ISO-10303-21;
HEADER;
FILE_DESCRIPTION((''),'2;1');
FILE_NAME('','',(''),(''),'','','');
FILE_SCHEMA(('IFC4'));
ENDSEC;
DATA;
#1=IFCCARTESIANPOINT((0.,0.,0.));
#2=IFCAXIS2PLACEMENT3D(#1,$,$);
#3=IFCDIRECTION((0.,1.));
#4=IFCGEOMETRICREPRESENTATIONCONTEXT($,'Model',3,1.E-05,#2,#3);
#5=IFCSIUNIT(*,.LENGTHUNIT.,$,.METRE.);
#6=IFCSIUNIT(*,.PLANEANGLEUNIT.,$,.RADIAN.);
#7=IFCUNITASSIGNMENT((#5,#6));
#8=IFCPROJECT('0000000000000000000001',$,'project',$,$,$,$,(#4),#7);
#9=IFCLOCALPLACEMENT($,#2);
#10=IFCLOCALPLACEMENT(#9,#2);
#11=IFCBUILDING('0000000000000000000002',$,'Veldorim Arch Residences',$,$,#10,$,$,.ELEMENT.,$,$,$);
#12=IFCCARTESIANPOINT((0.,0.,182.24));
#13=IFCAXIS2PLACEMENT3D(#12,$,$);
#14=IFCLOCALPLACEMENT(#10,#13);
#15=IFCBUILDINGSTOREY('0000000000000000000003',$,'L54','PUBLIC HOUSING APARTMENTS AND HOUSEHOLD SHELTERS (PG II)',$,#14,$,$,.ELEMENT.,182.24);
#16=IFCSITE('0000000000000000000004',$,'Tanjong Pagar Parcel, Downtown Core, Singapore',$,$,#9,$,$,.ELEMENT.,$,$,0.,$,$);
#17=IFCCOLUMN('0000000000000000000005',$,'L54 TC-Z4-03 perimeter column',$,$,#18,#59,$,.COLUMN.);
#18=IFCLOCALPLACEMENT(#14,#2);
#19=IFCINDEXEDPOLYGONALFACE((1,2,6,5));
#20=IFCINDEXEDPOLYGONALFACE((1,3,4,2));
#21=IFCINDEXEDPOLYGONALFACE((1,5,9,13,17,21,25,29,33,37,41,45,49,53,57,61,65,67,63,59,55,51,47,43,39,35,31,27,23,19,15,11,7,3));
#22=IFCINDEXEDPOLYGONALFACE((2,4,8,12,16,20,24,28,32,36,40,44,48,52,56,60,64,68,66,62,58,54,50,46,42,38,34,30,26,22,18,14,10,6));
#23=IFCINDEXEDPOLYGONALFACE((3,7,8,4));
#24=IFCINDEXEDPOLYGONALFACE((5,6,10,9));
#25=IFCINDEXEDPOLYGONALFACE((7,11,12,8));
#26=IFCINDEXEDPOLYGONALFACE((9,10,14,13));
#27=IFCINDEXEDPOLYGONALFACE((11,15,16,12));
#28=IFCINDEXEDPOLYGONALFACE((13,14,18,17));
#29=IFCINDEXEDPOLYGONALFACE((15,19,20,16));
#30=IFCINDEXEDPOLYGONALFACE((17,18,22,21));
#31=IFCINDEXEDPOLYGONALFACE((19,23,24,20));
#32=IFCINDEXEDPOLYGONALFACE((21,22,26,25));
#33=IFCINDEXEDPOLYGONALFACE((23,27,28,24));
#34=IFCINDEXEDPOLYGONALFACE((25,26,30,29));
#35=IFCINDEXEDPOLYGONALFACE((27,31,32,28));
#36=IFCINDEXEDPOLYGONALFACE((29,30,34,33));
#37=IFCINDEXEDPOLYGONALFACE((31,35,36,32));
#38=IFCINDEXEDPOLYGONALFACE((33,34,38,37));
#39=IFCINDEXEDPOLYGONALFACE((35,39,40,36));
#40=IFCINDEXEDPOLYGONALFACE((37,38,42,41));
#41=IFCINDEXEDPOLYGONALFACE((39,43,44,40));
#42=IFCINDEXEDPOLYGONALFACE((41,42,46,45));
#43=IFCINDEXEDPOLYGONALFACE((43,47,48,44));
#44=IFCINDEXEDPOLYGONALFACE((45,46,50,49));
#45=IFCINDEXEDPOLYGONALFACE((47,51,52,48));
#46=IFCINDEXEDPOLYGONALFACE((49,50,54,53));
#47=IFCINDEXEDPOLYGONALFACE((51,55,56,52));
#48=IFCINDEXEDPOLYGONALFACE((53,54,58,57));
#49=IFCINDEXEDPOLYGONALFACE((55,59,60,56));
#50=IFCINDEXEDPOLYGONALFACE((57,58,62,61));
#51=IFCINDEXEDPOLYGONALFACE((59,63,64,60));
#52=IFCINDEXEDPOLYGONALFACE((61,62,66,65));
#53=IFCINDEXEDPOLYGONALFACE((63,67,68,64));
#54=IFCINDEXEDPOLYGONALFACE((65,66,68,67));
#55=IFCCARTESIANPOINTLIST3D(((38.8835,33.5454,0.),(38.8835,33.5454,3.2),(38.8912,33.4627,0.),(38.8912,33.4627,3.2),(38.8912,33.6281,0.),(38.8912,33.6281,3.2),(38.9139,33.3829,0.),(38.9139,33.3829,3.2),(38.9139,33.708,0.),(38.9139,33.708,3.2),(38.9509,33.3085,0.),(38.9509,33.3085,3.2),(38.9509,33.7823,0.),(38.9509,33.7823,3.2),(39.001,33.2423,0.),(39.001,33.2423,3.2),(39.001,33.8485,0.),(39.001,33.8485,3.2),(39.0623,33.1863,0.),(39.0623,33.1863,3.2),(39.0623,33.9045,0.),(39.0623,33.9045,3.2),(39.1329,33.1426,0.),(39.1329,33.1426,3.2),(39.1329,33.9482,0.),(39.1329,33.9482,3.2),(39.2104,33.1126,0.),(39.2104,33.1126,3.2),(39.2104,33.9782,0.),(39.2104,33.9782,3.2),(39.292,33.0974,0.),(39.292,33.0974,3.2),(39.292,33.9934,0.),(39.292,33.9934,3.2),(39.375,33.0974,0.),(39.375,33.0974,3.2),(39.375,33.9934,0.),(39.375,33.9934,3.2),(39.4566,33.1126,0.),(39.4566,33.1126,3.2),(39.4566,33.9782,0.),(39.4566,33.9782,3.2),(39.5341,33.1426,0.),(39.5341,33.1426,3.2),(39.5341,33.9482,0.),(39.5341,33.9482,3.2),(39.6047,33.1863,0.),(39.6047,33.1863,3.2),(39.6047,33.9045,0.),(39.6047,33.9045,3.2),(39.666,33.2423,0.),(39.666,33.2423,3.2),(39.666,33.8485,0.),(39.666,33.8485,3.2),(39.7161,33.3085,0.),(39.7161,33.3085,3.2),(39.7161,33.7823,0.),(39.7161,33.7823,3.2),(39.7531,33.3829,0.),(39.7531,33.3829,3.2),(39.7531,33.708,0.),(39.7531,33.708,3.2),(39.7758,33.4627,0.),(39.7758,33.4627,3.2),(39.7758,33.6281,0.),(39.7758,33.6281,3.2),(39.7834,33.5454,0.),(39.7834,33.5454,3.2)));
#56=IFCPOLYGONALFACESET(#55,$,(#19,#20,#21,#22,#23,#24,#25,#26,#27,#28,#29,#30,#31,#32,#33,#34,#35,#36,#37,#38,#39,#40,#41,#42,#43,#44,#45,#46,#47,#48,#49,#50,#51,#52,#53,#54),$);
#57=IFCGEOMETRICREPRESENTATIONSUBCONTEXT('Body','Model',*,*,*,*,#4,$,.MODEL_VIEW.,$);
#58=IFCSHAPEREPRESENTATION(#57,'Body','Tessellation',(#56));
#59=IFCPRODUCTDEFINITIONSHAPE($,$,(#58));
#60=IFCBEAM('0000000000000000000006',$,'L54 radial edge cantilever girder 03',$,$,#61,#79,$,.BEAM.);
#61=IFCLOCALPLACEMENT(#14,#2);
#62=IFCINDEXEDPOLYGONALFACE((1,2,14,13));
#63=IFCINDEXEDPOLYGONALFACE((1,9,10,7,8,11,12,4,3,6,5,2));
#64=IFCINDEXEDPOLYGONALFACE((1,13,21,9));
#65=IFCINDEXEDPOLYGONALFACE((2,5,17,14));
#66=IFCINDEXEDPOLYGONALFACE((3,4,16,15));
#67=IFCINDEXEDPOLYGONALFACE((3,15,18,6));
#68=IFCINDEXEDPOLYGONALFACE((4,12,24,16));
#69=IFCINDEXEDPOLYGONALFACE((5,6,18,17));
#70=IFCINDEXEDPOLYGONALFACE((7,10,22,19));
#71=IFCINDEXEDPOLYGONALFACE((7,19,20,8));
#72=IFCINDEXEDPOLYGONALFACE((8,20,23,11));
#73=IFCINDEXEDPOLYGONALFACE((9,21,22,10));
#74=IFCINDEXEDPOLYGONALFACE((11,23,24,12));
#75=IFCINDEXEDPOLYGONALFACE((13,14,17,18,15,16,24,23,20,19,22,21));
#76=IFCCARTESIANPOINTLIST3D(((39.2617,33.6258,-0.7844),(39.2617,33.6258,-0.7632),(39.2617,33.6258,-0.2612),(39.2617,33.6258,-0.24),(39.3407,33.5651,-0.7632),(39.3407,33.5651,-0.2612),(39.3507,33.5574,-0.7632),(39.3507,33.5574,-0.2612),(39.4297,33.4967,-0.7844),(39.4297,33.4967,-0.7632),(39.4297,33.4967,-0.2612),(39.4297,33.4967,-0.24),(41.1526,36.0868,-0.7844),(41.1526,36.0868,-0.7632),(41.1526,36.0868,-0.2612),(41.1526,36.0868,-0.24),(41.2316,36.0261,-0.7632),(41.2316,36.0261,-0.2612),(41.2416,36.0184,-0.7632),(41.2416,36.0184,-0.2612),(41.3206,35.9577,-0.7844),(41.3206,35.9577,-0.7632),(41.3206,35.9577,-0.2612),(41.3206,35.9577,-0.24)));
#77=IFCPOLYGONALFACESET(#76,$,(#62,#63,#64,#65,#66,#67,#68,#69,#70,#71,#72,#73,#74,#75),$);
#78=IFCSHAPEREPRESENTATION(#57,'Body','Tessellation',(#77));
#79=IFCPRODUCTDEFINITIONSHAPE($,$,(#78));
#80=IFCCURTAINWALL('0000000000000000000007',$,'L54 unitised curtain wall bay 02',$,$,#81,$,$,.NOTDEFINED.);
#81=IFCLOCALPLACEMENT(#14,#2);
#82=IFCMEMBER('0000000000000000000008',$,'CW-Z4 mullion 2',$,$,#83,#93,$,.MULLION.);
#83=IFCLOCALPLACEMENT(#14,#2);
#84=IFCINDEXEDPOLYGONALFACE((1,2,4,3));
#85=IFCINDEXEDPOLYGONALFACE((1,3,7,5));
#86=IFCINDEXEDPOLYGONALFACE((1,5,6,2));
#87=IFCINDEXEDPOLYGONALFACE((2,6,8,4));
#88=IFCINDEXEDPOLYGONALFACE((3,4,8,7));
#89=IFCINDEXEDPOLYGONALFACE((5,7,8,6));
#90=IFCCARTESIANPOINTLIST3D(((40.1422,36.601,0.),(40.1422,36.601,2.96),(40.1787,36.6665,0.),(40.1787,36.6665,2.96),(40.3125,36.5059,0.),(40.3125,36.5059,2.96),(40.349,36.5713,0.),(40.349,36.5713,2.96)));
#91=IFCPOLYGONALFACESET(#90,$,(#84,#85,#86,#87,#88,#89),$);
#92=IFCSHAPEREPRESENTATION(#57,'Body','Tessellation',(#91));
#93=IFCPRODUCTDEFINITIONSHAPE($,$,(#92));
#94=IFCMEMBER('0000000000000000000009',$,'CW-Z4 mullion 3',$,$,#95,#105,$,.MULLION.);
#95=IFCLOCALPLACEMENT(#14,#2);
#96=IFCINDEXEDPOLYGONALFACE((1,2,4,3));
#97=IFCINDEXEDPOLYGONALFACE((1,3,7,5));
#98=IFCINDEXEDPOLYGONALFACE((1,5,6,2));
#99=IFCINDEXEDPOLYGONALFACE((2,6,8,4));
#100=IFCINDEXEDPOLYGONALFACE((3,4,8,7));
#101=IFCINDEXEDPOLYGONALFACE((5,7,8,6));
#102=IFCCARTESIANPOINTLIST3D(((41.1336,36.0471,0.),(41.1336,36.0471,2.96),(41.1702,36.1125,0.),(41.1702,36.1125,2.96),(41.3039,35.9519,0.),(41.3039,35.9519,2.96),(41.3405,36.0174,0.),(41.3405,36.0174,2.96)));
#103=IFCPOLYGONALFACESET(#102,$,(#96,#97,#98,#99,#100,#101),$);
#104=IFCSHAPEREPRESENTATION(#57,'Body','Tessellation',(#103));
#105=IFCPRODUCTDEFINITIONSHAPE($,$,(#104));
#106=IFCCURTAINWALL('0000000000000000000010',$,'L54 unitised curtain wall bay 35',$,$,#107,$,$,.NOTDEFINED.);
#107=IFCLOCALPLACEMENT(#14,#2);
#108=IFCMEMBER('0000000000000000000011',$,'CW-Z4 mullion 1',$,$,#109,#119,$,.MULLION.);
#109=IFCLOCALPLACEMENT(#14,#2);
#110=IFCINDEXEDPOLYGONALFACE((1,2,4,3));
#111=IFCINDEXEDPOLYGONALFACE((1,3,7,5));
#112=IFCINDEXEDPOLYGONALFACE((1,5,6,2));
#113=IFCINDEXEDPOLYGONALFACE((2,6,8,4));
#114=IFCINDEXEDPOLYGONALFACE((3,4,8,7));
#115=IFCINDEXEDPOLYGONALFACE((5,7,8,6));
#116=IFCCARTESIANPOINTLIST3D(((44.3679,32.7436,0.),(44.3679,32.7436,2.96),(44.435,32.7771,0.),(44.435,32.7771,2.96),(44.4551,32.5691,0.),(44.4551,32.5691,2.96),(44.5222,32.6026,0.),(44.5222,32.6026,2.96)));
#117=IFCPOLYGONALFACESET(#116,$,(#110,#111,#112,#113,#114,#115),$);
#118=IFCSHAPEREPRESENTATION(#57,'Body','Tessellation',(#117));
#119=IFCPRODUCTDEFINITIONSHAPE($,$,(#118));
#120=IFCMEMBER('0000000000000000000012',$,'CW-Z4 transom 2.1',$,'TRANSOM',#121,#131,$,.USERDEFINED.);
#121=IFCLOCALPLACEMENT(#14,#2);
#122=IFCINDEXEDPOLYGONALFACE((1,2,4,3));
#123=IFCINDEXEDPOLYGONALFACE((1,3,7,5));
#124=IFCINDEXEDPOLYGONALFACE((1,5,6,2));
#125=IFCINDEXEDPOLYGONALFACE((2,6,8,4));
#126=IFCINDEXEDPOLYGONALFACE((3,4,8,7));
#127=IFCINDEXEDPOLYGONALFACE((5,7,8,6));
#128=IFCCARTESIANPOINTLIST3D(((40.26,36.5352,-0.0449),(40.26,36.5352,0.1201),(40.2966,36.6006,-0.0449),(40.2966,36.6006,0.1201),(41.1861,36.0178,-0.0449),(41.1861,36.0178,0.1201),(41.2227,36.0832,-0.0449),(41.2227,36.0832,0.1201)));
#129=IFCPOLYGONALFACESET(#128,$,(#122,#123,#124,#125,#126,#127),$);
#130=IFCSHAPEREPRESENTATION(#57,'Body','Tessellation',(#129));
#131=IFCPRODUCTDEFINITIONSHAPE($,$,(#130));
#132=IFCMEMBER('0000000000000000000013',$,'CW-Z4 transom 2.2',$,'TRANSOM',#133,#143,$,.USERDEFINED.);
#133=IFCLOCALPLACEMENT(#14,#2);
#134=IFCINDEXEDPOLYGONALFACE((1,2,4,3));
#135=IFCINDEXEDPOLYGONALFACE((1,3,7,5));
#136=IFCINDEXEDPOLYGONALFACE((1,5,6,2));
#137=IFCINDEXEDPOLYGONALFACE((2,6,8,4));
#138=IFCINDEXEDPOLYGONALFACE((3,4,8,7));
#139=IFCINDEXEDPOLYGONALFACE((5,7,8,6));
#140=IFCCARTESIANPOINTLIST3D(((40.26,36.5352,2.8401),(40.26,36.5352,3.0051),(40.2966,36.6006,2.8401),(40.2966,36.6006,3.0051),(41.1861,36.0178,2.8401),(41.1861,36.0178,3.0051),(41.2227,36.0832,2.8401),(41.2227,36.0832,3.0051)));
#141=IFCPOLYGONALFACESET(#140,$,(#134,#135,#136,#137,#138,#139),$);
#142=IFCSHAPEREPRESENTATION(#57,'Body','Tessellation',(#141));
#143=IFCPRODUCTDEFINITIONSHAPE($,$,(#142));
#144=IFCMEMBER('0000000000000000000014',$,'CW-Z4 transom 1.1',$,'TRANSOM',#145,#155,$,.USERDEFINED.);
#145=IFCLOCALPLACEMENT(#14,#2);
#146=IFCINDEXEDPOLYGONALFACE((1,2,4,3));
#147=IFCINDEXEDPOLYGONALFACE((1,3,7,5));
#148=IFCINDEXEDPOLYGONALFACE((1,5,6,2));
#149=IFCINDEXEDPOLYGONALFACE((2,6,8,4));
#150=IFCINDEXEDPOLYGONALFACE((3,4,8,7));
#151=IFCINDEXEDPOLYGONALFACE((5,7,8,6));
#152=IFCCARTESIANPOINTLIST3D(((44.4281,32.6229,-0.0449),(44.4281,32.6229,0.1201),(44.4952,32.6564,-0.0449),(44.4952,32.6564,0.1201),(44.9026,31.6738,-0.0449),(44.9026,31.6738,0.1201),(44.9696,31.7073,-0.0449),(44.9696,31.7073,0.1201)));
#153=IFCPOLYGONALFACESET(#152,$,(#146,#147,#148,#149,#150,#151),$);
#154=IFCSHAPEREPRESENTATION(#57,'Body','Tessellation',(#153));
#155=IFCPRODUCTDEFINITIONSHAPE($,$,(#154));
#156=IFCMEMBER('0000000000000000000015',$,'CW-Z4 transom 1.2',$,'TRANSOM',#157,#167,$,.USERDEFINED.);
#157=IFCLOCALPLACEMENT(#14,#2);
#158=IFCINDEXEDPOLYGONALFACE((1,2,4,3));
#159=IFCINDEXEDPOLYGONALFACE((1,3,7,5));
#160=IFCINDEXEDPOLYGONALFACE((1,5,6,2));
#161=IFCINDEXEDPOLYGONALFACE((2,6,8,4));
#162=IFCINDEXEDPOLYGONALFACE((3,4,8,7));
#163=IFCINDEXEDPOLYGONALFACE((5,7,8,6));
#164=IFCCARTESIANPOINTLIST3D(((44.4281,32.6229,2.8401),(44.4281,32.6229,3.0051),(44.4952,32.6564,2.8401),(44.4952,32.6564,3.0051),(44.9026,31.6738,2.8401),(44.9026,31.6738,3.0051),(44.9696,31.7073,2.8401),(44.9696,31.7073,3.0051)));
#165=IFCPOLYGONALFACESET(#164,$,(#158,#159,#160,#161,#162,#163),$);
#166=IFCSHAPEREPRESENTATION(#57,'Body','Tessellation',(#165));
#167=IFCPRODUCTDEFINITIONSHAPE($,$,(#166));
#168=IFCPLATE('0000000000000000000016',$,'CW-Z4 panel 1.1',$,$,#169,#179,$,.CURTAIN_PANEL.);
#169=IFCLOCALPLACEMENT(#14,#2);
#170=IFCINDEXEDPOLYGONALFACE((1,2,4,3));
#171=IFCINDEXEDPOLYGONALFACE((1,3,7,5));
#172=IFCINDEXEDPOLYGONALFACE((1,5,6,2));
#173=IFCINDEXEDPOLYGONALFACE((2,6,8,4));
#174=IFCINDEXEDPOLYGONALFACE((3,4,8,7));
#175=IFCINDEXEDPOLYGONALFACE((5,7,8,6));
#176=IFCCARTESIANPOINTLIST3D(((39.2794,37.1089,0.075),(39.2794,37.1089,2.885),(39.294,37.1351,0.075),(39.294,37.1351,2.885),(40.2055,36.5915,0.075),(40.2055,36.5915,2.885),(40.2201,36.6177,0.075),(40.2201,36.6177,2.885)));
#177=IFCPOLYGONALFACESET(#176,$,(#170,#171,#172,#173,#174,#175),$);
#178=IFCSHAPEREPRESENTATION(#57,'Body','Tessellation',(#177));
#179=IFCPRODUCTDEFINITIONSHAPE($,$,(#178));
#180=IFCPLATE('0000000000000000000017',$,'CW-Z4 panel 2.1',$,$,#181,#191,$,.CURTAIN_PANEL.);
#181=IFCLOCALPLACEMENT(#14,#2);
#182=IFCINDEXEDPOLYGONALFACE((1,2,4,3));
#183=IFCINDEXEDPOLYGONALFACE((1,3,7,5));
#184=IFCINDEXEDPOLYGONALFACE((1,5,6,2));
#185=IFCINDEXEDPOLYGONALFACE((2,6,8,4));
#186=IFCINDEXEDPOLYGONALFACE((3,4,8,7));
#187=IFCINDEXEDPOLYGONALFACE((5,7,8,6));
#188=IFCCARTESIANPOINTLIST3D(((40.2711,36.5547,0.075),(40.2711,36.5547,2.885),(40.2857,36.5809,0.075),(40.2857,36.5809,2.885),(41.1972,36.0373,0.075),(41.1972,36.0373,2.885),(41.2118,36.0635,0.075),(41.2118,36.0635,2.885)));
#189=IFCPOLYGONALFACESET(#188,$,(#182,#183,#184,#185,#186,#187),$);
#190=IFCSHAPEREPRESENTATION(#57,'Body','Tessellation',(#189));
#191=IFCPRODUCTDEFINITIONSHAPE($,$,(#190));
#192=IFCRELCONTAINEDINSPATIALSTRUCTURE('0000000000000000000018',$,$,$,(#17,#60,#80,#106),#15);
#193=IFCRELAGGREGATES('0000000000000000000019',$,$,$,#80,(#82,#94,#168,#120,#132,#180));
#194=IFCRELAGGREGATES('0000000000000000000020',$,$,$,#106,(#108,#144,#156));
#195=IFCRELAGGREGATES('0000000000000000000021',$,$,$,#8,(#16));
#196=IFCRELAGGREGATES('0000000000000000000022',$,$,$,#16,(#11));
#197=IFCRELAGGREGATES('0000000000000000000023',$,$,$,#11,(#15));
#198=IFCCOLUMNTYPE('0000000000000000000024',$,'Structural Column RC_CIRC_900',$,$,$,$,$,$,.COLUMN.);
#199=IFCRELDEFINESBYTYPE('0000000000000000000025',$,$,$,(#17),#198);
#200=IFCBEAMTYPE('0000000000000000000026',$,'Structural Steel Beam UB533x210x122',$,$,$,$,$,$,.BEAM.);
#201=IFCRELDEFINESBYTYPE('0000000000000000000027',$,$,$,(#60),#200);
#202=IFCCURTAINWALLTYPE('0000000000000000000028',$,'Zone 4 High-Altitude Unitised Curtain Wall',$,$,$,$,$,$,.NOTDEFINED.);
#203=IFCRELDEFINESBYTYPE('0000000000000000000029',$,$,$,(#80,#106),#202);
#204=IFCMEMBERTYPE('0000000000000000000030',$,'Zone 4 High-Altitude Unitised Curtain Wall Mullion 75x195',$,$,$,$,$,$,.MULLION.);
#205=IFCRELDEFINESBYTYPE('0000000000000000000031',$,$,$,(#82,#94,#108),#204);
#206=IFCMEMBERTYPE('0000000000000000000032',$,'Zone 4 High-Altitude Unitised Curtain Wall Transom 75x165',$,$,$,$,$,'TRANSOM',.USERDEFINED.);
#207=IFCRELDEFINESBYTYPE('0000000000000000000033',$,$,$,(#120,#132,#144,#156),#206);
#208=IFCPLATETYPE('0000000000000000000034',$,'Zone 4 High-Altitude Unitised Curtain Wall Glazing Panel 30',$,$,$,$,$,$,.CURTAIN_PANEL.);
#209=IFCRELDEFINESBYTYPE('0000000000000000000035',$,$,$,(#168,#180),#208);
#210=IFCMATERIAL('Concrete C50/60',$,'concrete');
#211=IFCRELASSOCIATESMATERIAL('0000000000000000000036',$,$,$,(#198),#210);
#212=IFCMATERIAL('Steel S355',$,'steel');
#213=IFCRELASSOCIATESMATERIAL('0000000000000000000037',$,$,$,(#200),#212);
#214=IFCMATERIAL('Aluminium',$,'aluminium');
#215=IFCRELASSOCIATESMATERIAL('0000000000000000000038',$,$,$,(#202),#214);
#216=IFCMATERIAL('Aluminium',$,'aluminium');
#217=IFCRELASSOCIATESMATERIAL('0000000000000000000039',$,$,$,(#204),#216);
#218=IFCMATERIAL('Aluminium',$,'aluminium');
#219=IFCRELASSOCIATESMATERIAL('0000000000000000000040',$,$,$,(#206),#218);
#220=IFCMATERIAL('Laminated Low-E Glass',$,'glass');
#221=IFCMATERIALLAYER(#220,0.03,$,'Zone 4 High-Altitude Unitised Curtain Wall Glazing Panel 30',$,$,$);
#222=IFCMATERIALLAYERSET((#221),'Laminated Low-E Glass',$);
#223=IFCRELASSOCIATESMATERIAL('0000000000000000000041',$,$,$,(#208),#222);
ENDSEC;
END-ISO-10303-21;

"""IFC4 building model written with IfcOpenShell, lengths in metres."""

from ifc_helpers import new_model, si_unit, direction, frame, origin, origin_2d, place, context, subcontext, project, spatial, rectangle, circle, i_section, extrude, material, layer, layer_set, material_profile, profile_set, type_object, element, aggregate, save


model = new_model("IFC4")

# Units and contexts
model_context = context("Model", 3, precision=1e-05, world=origin(), true_north=direction((0.0, 1.0)))
body_context = subcontext(model_context, "Body", "Model", "MODEL_VIEW")
ifc_project = project(units=[si_unit("LENGTHUNIT", "METRE"), si_unit("PLANEANGLEUNIT", "RADIAN")], contexts=[model_context])

# Site, building, storey
site_placement = place(None, origin())
site = spatial("IfcSite", under=ifc_project, at=site_placement, Name="Tanjong Pagar Parcel, Downtown Core, Singapore", CompositionType="ELEMENT", RefElevation=0.0)
building_placement = place(site_placement, origin())
building = spatial("IfcBuilding", under=site, at=building_placement, Name="Veldorim Arch Residences", CompositionType="ELEMENT")
storey_placement = place(building_placement, frame((0.0, 0.0, 182.24)))
storey = spatial("IfcBuildingStorey", under=building, at=storey_placement, Name="L54", Description="PUBLIC HOUSING APARTMENTS AND HOUSEHOLD SHELTERS (PG II)", CompositionType="ELEMENT", Elevation=182.24)

# Column
ifc_material_1 = material(Name="Concrete C50/60", Category="concrete")
ifc_material_profile_1 = material_profile(ifc_material_1, circle(Radius=0.45, at=origin_2d()), Name="RC_CIRC_900")
ifc_profile_set_1 = profile_set([ifc_material_profile_1], Name="Concrete C50/60")
column_type = type_object("IfcColumnType", Name="Structural Column RC_CIRC_900", PredefinedType="COLUMN", material=ifc_profile_set_1)
column_placement = place(storey_placement, frame((39.3335, 33.5454, 0.0), z_axis=(0.0, 0.0, 1.0), x_axis=(1.0, 0.0, 0.0)))
element("IfcColumn", 1, at=column_placement, inside=storey, type_object=column_type, Name="L54 TC-Z4-03 perimeter column", PredefinedType="COLUMN", context=body_context, shape_type="SweptSolid", body=[
    extrude(circle(Radius=0.45, at=origin_2d()), origin(), (0.0, 0.0, 1.0), 3.2),
])

# Beam
ifc_material_2 = material(Name="Steel S355", Category="steel")
ifc_material_profile_2 = material_profile(ifc_material_2, i_section(OverallWidth=0.2119, OverallDepth=0.5444, WebThickness=0.0127, FlangeThickness=0.0212, at=origin_2d()), Name="UB533x210x122")
ifc_profile_set_2 = profile_set([ifc_material_profile_2], Name="Steel S355")
beam_type = type_object("IfcBeamType", Name="Structural Steel Beam UB533x210x122", PredefinedType="BEAM", material=ifc_profile_set_2)
beam_placement = place(storey_placement, frame((39.3457, 33.5613, -0.5122), z_axis=(0.609273, 0.79296, 0.0), x_axis=(-0.79296, 0.609273, 0.0)))
element("IfcBeam", 2, at=beam_placement, inside=storey, type_object=beam_type, Name="L54 radial edge cantilever girder 03", PredefinedType="BEAM", context=body_context, shape_type="SweptSolid", body=[
    extrude(i_section(OverallWidth=0.2119, OverallDepth=0.5444, WebThickness=0.0127, FlangeThickness=0.0212, at=origin_2d()), origin(), (0.0, 0.0, 1.0), 3.1035),
])

# Curtain wall, members
ifc_material_3 = material(Name="Aluminium", Category="aluminium")
curtain_wall_type = type_object("IfcCurtainWallType", Name="Zone 4 High-Altitude Unitised Curtain Wall", PredefinedType="NOTDEFINED", material=ifc_material_3)
curtain_wall_1_placement = place(storey_placement, origin())
curtain_wall_1 = element("IfcCurtainWall", 3, at=curtain_wall_1_placement, inside=storey, type_object=curtain_wall_type, Name="L54 unitised curtain wall bay 02", PredefinedType="NOTDEFINED")
ifc_material_4 = material(Name="Aluminium", Category="aluminium")
ifc_material_profile_3 = material_profile(ifc_material_4, rectangle(XDim=0.075, YDim=0.1951, at=origin_2d()), Name="ALU_MUL_75x195")
ifc_profile_set_3 = profile_set([ifc_material_profile_3], Name="Aluminium")
member_type_1 = type_object("IfcMemberType", Name="Zone 4 High-Altitude Unitised Curtain Wall Mullion 75x195", PredefinedType="MULLION", material=ifc_profile_set_3)
member_1_placement = place(storey_placement, frame((40.2456, 36.5862, 0.0), z_axis=(0.0, 0.0, 1.0), x_axis=(0.487736, 0.872991, 0.0)))
member_1 = element("IfcMember", 4, at=member_1_placement, type_object=member_type_1, Name="CW-Z4 mullion 2", PredefinedType="MULLION", context=body_context, shape_type="SweptSolid", body=[
    extrude(rectangle(XDim=0.075, YDim=0.1951, at=origin_2d()), origin(), (0.0, 0.0, 1.0), 2.96),
])
member_2_placement = place(storey_placement, frame((41.2371, 36.0322, 0.0), z_axis=(0.0, 0.0, 1.0), x_axis=(0.487736, 0.872991, 0.0)))
member_2 = element("IfcMember", 5, at=member_2_placement, type_object=member_type_1, Name="CW-Z4 mullion 3", PredefinedType="MULLION", context=body_context, shape_type="SweptSolid", body=[
    extrude(rectangle(XDim=0.075, YDim=0.1951, at=origin_2d()), origin(), (0.0, 0.0, 1.0), 2.96),
])

# Curtain wall, member
curtain_wall_2_placement = place(storey_placement, origin())
curtain_wall_2 = element("IfcCurtainWall", 6, at=curtain_wall_2_placement, inside=storey, type_object=curtain_wall_type, Name="L54 unitised curtain wall bay 35", PredefinedType="NOTDEFINED")
member_3_placement = place(storey_placement, frame((44.4451, 32.6731, 0.0), z_axis=(0.0, 0.0, 1.0), x_axis=(0.894538, 0.446992, 0.0)))
member_3 = element("IfcMember", 7, at=member_3_placement, type_object=member_type_1, Name="CW-Z4 mullion 1", PredefinedType="MULLION", context=body_context, shape_type="SweptSolid", body=[
    extrude(rectangle(XDim=0.075, YDim=0.1951, at=origin_2d()), origin(), (0.0, 0.0, 1.0), 2.96),
])

# Members
ifc_material_5 = material(Name="Aluminium", Category="aluminium")
ifc_material_profile_4 = material_profile(ifc_material_5, rectangle(XDim=0.075, YDim=0.165, at=origin_2d()), Name="ALU_TRN_75x165")
ifc_profile_set_4 = profile_set([ifc_material_profile_4], Name="Aluminium")
member_type_2 = type_object("IfcMemberType", Name="Zone 4 High-Altitude Unitised Curtain Wall Transom 75x165", ElementType="TRANSOM", PredefinedType="USERDEFINED", material=ifc_profile_set_4)
member_4_placement = place(storey_placement, frame((40.2783, 36.5679, 0.0376), z_axis=(0.873004, -0.487713, 0.0), x_axis=(0.487713, 0.873004, 0.0)))
member_4 = element("IfcMember", 8, at=member_4_placement, type_object=member_type_2, Name="CW-Z4 transom 2.1", ObjectType="TRANSOM", PredefinedType="USERDEFINED", context=body_context, shape_type="SweptSolid", body=[
    extrude(rectangle(XDim=0.075, YDim=0.165, at=origin_2d()), origin(), (0.0, 0.0, 1.0), 1.0608),
])
member_5_placement = place(storey_placement, frame((40.2783, 36.5679, 2.9226), z_axis=(0.873004, -0.487713, 0.0), x_axis=(0.487713, 0.873004, 0.0)))
member_5 = element("IfcMember", 9, at=member_5_placement, type_object=member_type_2, Name="CW-Z4 transom 2.2", ObjectType="TRANSOM", PredefinedType="USERDEFINED", context=body_context, shape_type="SweptSolid", body=[
    extrude(rectangle(XDim=0.075, YDim=0.165, at=origin_2d()), origin(), (0.0, 0.0, 1.0), 1.0608),
])
member_6_placement = place(storey_placement, frame((44.4617, 32.6396, 0.0376), z_axis=(0.447122, -0.894473, 0.0), x_axis=(0.894473, 0.447122, 0.0)))
member_6 = element("IfcMember", 10, at=member_6_placement, type_object=member_type_2, Name="CW-Z4 transom 1.1", ObjectType="TRANSOM", PredefinedType="USERDEFINED", context=body_context, shape_type="SweptSolid", body=[
    extrude(rectangle(XDim=0.075, YDim=0.165, at=origin_2d()), origin(), (0.0, 0.0, 1.0), 1.061),
])
member_7_placement = place(storey_placement, frame((44.4617, 32.6396, 2.9226), z_axis=(0.447122, -0.894473, 0.0), x_axis=(0.894473, 0.447122, 0.0)))
member_7 = element("IfcMember", 11, at=member_7_placement, type_object=member_type_2, Name="CW-Z4 transom 1.2", ObjectType="TRANSOM", PredefinedType="USERDEFINED", context=body_context, shape_type="SweptSolid", body=[
    extrude(rectangle(XDim=0.075, YDim=0.165, at=origin_2d()), origin(), (0.0, 0.0, 1.0), 1.061),
])

# Plates
ifc_material_6 = material(Name="Laminated Low-E Glass", Category="glass")
ifc_layer_1 = layer(ifc_material_6, 0.03, Name="Zone 4 High-Altitude Unitised Curtain Wall Glazing Panel 30")
ifc_layer_set_1 = layer_set([ifc_layer_1], Name="Laminated Low-E Glass")
plate_type = type_object("IfcPlateType", Name="Zone 4 High-Altitude Unitised Curtain Wall Glazing Panel 30", PredefinedType="CURTAIN_PANEL", material=ifc_layer_set_1)
plate_1_placement = place(storey_placement, frame((39.7498, 36.8633, 0.075), z_axis=(0.0, 0.0, 1.0), x_axis=(0.872991, -0.487736, 0.0)))
plate_1 = element("IfcPlate", 12, at=plate_1_placement, type_object=plate_type, Name="CW-Z4 panel 1.1", PredefinedType="CURTAIN_PANEL", context=body_context, shape_type="SweptSolid", body=[
    extrude(rectangle(XDim=1.0608, YDim=0.03, at=origin_2d()), origin(), (0.0, 0.0, 1.0), 2.8101),
])
plate_2_placement = place(storey_placement, frame((40.7415, 36.3091, 0.075), z_axis=(0.0, 0.0, 1.0), x_axis=(0.872991, -0.487736, 0.0)))
plate_2 = element("IfcPlate", 13, at=plate_2_placement, type_object=plate_type, Name="CW-Z4 panel 2.1", PredefinedType="CURTAIN_PANEL", context=body_context, shape_type="SweptSolid", body=[
    extrude(rectangle(XDim=1.0608, YDim=0.03, at=origin_2d()), origin(), (0.0, 0.0, 1.0), 2.8101),
])
aggregate(curtain_wall_1, [member_1, member_2, plate_1, member_4, member_5, plate_2])
aggregate(curtain_wall_2, [member_3, member_6, member_7])

save(model, "model.ifc")
